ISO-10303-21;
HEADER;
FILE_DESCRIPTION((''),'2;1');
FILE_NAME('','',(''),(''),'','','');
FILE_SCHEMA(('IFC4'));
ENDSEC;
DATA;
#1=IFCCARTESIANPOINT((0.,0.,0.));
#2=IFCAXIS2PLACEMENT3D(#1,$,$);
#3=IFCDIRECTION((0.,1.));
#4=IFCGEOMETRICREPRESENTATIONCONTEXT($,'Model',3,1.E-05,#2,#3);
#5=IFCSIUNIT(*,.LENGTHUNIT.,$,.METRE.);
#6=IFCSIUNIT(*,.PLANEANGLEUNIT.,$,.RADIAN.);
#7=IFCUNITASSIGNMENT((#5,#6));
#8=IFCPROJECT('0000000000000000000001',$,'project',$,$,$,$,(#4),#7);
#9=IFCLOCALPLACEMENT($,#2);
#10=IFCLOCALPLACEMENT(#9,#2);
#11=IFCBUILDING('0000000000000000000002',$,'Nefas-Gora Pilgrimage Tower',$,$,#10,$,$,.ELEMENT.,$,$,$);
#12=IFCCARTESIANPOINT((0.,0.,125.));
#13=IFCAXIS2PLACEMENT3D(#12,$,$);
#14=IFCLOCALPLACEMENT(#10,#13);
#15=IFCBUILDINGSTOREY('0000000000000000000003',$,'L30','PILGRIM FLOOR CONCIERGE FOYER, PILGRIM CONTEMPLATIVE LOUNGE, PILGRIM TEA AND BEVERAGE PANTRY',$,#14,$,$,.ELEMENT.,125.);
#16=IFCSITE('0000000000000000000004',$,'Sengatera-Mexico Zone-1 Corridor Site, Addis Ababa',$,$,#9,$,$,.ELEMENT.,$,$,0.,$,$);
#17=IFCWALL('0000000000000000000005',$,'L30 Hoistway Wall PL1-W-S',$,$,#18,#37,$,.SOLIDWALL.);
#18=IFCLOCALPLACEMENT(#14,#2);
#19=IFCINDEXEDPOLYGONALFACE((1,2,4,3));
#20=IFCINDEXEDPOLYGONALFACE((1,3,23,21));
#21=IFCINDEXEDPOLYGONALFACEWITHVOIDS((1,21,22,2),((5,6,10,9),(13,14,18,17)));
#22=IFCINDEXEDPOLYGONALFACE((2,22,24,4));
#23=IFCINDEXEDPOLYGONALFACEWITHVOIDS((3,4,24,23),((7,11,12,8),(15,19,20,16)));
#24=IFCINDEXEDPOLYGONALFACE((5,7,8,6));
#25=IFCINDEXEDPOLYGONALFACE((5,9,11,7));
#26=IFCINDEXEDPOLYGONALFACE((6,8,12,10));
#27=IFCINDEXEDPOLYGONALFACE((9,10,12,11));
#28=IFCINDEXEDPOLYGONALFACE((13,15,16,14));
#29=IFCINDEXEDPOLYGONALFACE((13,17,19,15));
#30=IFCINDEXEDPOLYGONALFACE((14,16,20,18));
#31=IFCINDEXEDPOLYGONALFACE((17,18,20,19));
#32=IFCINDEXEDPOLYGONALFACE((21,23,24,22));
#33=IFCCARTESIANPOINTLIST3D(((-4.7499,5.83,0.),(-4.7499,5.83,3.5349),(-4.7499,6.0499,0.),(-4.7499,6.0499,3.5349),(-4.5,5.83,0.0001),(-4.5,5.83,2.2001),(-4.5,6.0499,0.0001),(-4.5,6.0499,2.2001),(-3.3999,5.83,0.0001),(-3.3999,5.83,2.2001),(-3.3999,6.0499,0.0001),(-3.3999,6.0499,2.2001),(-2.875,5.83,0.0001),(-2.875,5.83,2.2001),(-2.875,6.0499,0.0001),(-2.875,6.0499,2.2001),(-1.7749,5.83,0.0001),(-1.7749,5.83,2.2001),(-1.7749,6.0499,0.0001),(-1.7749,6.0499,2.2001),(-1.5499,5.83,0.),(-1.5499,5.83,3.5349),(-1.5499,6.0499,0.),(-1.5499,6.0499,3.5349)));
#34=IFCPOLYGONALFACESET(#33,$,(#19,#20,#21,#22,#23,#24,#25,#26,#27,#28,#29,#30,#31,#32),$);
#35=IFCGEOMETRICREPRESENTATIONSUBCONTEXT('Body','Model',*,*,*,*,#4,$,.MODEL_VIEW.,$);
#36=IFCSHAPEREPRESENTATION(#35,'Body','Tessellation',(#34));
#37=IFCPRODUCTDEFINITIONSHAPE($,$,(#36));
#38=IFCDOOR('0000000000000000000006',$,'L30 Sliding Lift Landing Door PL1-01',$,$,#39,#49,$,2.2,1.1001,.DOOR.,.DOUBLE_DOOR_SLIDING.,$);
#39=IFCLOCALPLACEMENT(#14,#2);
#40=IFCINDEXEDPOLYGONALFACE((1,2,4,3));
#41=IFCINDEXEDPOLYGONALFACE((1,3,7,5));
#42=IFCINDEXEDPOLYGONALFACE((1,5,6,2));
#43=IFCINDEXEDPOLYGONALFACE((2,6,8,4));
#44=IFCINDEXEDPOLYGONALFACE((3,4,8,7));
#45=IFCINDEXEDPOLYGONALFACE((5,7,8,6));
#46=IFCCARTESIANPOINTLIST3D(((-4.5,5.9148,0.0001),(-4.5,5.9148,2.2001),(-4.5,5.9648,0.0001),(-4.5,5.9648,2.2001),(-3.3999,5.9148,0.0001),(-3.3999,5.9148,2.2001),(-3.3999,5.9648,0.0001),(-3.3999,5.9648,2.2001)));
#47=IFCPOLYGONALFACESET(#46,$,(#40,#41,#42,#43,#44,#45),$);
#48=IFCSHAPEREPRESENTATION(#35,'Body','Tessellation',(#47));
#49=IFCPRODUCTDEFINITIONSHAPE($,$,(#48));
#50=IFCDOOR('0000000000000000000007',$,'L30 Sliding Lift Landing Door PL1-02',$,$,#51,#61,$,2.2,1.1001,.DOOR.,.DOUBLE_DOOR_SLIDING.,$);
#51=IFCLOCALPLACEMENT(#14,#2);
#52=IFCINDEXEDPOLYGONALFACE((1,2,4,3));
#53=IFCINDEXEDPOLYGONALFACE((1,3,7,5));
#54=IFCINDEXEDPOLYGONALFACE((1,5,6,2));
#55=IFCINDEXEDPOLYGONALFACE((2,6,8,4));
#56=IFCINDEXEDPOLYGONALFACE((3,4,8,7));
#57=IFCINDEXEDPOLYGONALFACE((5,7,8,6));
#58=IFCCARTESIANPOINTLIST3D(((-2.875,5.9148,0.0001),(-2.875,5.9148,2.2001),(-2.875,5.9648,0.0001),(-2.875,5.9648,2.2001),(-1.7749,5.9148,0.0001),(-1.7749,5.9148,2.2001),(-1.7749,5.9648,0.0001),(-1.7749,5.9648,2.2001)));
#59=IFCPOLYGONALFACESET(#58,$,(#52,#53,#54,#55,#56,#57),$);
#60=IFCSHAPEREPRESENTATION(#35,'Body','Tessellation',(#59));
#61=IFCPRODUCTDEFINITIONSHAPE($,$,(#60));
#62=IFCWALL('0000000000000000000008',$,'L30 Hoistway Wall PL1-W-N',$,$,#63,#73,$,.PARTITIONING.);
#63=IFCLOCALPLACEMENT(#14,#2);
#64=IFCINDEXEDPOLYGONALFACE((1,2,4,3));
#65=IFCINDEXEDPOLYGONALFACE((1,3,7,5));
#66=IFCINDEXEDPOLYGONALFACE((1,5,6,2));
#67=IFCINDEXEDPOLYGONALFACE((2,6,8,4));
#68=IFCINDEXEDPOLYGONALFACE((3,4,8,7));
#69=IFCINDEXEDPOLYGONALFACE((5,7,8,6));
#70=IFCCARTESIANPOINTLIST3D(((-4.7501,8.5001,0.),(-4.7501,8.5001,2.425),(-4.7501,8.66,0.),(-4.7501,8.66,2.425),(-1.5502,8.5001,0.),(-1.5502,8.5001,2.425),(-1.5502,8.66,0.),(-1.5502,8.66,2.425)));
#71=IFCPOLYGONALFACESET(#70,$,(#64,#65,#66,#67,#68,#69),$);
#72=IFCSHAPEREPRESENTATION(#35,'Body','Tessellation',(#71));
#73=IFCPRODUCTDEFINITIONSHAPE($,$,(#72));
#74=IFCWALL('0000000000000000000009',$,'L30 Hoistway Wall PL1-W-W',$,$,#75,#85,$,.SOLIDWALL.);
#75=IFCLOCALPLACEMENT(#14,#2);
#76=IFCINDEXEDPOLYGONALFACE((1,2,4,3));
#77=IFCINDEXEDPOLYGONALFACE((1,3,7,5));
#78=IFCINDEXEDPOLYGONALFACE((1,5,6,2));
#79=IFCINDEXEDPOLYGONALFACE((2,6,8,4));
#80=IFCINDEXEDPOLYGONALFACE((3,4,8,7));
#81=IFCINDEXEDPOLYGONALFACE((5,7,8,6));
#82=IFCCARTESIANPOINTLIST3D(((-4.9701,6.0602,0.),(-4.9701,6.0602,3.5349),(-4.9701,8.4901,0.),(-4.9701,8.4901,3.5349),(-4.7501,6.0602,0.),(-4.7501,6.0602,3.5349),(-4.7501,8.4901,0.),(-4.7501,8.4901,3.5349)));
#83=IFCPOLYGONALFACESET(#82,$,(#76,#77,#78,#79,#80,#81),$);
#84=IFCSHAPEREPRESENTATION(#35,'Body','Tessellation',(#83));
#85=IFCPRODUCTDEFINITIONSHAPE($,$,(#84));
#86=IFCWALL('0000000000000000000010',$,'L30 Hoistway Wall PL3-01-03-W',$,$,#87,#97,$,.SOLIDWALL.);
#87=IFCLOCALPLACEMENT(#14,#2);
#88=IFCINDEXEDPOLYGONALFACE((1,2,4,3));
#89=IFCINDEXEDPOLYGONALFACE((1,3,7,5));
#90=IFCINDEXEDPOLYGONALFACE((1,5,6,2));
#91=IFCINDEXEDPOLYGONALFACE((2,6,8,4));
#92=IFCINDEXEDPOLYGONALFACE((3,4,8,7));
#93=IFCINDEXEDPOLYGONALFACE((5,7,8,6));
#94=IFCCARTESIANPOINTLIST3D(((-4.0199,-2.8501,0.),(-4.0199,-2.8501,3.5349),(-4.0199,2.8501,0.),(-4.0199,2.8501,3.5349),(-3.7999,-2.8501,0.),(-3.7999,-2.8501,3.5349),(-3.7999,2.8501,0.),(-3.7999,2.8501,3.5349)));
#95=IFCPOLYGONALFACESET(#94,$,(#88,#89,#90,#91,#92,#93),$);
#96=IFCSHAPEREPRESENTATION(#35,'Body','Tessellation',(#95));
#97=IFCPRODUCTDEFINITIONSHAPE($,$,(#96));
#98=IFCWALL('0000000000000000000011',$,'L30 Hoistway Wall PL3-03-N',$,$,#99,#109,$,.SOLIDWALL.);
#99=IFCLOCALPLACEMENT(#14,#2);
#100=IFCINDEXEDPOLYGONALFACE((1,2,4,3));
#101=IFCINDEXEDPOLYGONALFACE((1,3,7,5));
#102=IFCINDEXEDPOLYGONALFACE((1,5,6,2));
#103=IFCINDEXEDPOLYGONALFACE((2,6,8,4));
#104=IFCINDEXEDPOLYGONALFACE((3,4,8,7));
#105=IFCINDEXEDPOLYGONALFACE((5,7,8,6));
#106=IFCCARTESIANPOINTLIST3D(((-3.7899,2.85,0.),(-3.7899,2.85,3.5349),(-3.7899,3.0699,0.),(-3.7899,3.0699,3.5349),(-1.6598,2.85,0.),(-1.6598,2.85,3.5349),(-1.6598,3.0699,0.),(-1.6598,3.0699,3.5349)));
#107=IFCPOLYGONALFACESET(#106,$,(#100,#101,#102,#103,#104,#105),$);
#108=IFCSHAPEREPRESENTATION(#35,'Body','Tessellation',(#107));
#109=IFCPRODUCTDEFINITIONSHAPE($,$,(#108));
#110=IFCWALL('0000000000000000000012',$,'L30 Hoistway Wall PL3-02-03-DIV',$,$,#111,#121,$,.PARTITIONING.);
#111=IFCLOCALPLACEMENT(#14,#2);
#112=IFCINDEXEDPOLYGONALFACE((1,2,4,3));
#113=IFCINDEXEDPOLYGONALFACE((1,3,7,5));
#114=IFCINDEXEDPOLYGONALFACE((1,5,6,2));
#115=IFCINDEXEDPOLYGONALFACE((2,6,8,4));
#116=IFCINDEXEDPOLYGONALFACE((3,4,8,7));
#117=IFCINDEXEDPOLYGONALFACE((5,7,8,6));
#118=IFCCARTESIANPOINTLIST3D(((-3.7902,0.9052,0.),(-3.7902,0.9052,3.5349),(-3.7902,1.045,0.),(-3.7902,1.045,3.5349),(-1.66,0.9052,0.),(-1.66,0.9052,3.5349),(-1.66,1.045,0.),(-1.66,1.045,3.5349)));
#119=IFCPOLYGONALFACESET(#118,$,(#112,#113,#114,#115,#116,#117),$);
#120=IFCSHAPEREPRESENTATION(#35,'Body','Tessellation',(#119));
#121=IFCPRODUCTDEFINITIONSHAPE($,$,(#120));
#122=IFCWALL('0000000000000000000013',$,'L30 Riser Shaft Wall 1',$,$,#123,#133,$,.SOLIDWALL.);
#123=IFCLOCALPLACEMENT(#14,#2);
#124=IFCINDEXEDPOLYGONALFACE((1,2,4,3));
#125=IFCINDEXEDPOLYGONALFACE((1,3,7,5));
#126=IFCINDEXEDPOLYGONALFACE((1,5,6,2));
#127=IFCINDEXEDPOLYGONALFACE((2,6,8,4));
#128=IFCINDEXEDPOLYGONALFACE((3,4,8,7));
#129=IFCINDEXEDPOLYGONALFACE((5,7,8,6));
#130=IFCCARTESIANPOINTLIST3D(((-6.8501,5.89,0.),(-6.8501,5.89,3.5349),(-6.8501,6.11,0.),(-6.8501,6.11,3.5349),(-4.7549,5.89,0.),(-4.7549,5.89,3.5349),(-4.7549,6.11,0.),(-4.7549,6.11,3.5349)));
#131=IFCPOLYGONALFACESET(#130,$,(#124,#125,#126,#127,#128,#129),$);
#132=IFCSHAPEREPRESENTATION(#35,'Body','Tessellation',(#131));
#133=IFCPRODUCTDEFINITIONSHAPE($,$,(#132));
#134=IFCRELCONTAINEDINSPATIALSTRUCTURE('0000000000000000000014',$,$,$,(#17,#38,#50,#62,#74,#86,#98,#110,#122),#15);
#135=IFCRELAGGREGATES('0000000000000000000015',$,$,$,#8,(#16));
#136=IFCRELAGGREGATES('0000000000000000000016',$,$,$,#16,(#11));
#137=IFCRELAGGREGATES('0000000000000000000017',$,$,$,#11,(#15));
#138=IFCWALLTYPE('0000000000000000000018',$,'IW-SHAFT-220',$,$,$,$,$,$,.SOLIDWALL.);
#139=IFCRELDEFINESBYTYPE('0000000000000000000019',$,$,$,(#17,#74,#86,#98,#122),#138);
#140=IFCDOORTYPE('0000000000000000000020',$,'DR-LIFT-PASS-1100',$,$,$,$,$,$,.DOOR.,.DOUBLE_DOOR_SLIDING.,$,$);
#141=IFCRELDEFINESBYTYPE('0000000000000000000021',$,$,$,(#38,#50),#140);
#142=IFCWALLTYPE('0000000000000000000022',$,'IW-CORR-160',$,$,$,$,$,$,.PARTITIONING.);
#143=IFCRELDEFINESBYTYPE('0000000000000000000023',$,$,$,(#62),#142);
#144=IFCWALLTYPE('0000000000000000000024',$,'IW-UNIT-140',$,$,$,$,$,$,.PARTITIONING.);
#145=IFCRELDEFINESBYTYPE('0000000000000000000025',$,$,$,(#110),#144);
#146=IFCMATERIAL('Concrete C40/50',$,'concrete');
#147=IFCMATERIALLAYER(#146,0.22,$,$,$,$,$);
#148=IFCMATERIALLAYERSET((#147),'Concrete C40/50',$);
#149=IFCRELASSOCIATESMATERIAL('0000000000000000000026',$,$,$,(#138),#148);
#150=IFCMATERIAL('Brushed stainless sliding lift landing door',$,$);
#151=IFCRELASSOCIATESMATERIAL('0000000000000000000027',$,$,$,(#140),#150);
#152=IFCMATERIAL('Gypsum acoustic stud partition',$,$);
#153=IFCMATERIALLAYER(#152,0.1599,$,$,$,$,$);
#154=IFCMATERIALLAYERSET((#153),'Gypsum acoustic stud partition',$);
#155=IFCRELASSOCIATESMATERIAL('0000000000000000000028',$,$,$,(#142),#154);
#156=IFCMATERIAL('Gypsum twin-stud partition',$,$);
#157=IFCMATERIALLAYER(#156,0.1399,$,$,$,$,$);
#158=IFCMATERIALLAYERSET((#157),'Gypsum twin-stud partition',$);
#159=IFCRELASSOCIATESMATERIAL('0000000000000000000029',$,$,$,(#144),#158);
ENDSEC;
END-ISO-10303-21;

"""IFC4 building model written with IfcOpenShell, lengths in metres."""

from ifc_helpers import new_model, si_unit, direction, frame, frame_2d, origin, place, context, subcontext, project, spatial, rectangle, extrude, source, transform, mapped, material, layer, layer_set, type_object, element, fill, save


model = new_model("IFC4")

# Units and contexts
model_context = context("Model", 3, precision=1e-05, world=origin(), true_north=direction((0.0, 1.0)))
body_context = subcontext(model_context, "Body", "Model", "MODEL_VIEW")
ifc_project = project(units=[si_unit("LENGTHUNIT", "METRE"), si_unit("PLANEANGLEUNIT", "RADIAN")], contexts=[model_context])

# Site, building, storey
site_placement = place(None, origin())
site = spatial("IfcSite", under=ifc_project, at=site_placement, Name="Sengatera-Mexico Zone-1 Corridor Site, Addis Ababa", CompositionType="ELEMENT", RefElevation=0.0)
building_placement = place(site_placement, origin())
building = spatial("IfcBuilding", under=site, at=building_placement, Name="Nefas-Gora Pilgrimage Tower", CompositionType="ELEMENT")
storey_placement = place(building_placement, frame((0.0, 0.0, 125.0)))
storey = spatial("IfcBuildingStorey", under=building, at=storey_placement, Name="L30", Description="PILGRIM FLOOR CONCIERGE FOYER, PILGRIM CONTEMPLATIVE LOUNGE, PILGRIM TEA AND BEVERAGE PANTRY", CompositionType="ELEMENT", Elevation=125.0)

# Shared definitions
ifc_material_1 = material(Name="Concrete C40/50", Category="concrete")

# Shared definitions
ifc_layer_1 = layer(ifc_material_1, 0.22)
ifc_layer_set_1 = layer_set([ifc_layer_1], Name="Concrete C40/50")
wall_type_1 = type_object("IfcWallType", Name="IW-SHAFT-220", PredefinedType="SOLIDWALL", material=ifc_layer_set_1)

# Wall, openings, doors
shared_shape_1 = source(origin(), body_context, "Body", "SweptSolid", [
    extrude(rectangle(XDim=3.2, YDim=0.22, at=frame_2d((1.6001, 0.0))), origin(), (0.0, 0.0, 1.0), 3.5349),
])
wall_1_placement = place(storey_placement, frame((-4.75, 5.9399, 0.0), z_axis=(0.0, 0.0, 1.0), x_axis=(1.0, 0.0, 0.0)))
wall_1 = element("IfcWall", 1, at=wall_1_placement, inside=storey, type_object=wall_type_1, Name="L30 Hoistway Wall PL1-W-S", PredefinedType="SOLIDWALL", context=body_context, shape_type="MappedRepresentation", body=[
    mapped(shared_shape_1, transform((0.0, 0.0, 0.0), x_axis=(1.0, 0.0, 0.0), y_axis=(0.0, 1.0, 0.0), z_axis=(0.0, 0.0, 1.0), scale=1.0)),
])
opening_1_placement = place(wall_1_placement, frame((0.25, 0.0, 0.0)))
opening_1 = element("IfcOpeningElement", 2, at=opening_1_placement, cuts=wall_1, PredefinedType="OPENING", context=body_context, shape_type="SweptSolid", body=[
    extrude(rectangle(XDim=1.1001, YDim=2.2, at=frame_2d((0.55, 1.1001))), frame((0.0, 0.1199, 0.0), z_axis=(0.0, -1.0, 0.0), x_axis=(1.0, 0.0, 0.0)), (0.0, 0.0, 1.0), 0.24),
])
opening_2_placement = place(wall_1_placement, frame((1.875, 0.0, 0.0)))
opening_2 = element("IfcOpeningElement", 3, at=opening_2_placement, cuts=wall_1, PredefinedType="OPENING", context=body_context, shape_type="SweptSolid", body=[
    extrude(rectangle(XDim=1.1001, YDim=2.2, at=frame_2d((0.55, 1.1001))), frame((0.0, 0.1199, 0.0), z_axis=(0.0, -1.0, 0.0), x_axis=(1.0, 0.0, 0.0)), (0.0, 0.0, 1.0), 0.24),
])
ifc_material_2 = material(Name="Brushed stainless sliding lift landing door")
door_type_1 = type_object("IfcDoorType", Name="DR-LIFT-PASS-1100", OperationType="DOUBLE_DOOR_SLIDING", PredefinedType="DOOR", material=ifc_material_2)
shared_shape_2 = source(origin(), body_context, "Body", "SweptSolid", [
    extrude(rectangle(XDim=1.1001, YDim=2.2, at=frame_2d((0.55, 1.1001))), frame((0.0, 0.0249, 0.0), z_axis=(0.0, -1.0, 0.0), x_axis=(1.0, 0.0, 0.0)), (0.0, 0.0, 1.0), 0.05),
])
door_1_placement = place(opening_1_placement, origin())
door_1 = element("IfcDoor", 4, at=door_1_placement, inside=storey, type_object=door_type_1, Name="L30 Sliding Lift Landing Door PL1-01", OperationType="DOUBLE_DOOR_SLIDING", OverallHeight=2.2, OverallWidth=1.1001, PredefinedType="DOOR", context=body_context, shape_type="MappedRepresentation", body=[
    mapped(shared_shape_2, transform((0.0, 0.0, 0.0), x_axis=(1.0, 0.0, 0.0), y_axis=(0.0, 1.0, 0.0), z_axis=(0.0, 0.0, 1.0), scale=1.0)),
])
fill(opening_1, door_1)
door_2_placement = place(opening_2_placement, origin())
door_2 = element("IfcDoor", 5, at=door_2_placement, inside=storey, type_object=door_type_1, Name="L30 Sliding Lift Landing Door PL1-02", OperationType="DOUBLE_DOOR_SLIDING", OverallHeight=2.2, OverallWidth=1.1001, PredefinedType="DOOR", context=body_context, shape_type="MappedRepresentation", body=[
    mapped(shared_shape_2, transform((0.0, 0.0, 0.0), x_axis=(1.0, 0.0, 0.0), y_axis=(0.0, 1.0, 0.0), z_axis=(0.0, 0.0, 1.0), scale=1.0)),
])
fill(opening_2, door_2)

# Walls
ifc_material_3 = material(Name="Gypsum acoustic stud partition")
ifc_layer_2 = layer(ifc_material_3, 0.1599)
ifc_layer_set_2 = layer_set([ifc_layer_2], Name="Gypsum acoustic stud partition")
wall_type_2 = type_object("IfcWallType", Name="IW-CORR-160", PredefinedType="PARTITIONING", material=ifc_layer_set_2)
shared_shape_3 = source(origin(), body_context, "Body", "SweptSolid", [
    extrude(rectangle(XDim=3.2, YDim=0.1599, at=frame_2d((1.6001, 0.0))), origin(), (0.0, 0.0, 1.0), 2.425),
])
wall_2_placement = place(storey_placement, frame((-1.55, 8.5801, 0.0), z_axis=(0.0, 0.0, 1.0), x_axis=(-1.0, 0.0, 0.0)))
element("IfcWall", 6, at=wall_2_placement, inside=storey, type_object=wall_type_2, Name="L30 Hoistway Wall PL1-W-N", PredefinedType="PARTITIONING", context=body_context, shape_type="MappedRepresentation", body=[
    mapped(shared_shape_3, transform((0.0, 0.0, 0.0), x_axis=(1.0, 0.0, 0.0), y_axis=(0.0, 1.0, 0.0), z_axis=(0.0, 0.0, 1.0), scale=1.0)),
])
shared_shape_4 = source(origin(), body_context, "Body", "SweptSolid", [
    extrude(rectangle(XDim=2.4299, YDim=0.22, at=frame_2d((1.2148, 0.0))), origin(), (0.0, 0.0, 1.0), 3.5349),
])
for number, where, z_axis, x_axis, name in (
    (7, (-4.8601, 8.49, 0.0), (0.0, 0.0, 1.0), (0.0, -1.0, 0.0), "L30 Hoistway Wall PL1-W-W"),
):
    element("IfcWall", number, at=place(storey_placement, frame(where, z_axis=z_axis, x_axis=x_axis)), inside=storey, type_object=wall_type_1, Name=name, PredefinedType="SOLIDWALL", context=body_context, shape_type="MappedRepresentation", body=[
        mapped(shared_shape_4, transform((0.0, 0.0, 0.0), x_axis=(1.0, 0.0, 0.0), y_axis=(0.0, 1.0, 0.0), z_axis=(0.0, 0.0, 1.0), scale=1.0)),
    ])
ifc_material_4 = material(Name="Gypsum twin-stud partition")
ifc_layer_3 = layer(ifc_material_4, 0.1399)
ifc_layer_set_3 = layer_set([ifc_layer_3], Name="Gypsum twin-stud partition")
wall_type_3 = type_object("IfcWallType", Name="IW-UNIT-140", PredefinedType="PARTITIONING", material=ifc_layer_set_3)
shared_shape_5 = source(origin(), body_context, "Body", "SweptSolid", [
    extrude(rectangle(XDim=5.7002, YDim=0.22, at=frame_2d((2.8501, 0.0))), origin(), (0.0, 0.0, 1.0), 3.5349),
])
wall_3_placement = place(storey_placement, frame((-3.9099, 2.8501, 0.0), z_axis=(0.0, 0.0, 1.0), x_axis=(0.0, -1.0, 0.0)))
element("IfcWall", 8, at=wall_3_placement, inside=storey, type_object=wall_type_1, Name="L30 Hoistway Wall PL3-01-03-W", PredefinedType="SOLIDWALL", context=body_context, shape_type="MappedRepresentation", body=[
    mapped(shared_shape_5, transform((0.0, 0.0, 0.0), x_axis=(1.0, 0.0, 0.0), y_axis=(0.0, 1.0, 0.0), z_axis=(0.0, 0.0, 1.0), scale=1.0)),
])
shared_shape_6 = source(origin(), body_context, "Body", "SweptSolid", [
    extrude(rectangle(XDim=2.1301, YDim=0.22, at=frame_2d((1.0649, 0.0))), origin(), (0.0, 0.0, 1.0), 3.5349),
])
wall_4_placement = place(storey_placement, frame((-1.6599, 2.96, 0.0), z_axis=(0.0, 0.0, 1.0), x_axis=(-1.0, 0.0, 0.0)))
element("IfcWall", 9, at=wall_4_placement, inside=storey, type_object=wall_type_1, Name="L30 Hoistway Wall PL3-03-N", PredefinedType="SOLIDWALL", context=body_context, shape_type="MappedRepresentation", body=[
    mapped(shared_shape_6, transform((0.0, 0.0, 0.0), x_axis=(1.0, 0.0, 0.0), y_axis=(0.0, 1.0, 0.0), z_axis=(0.0, 0.0, 1.0), scale=1.0)),
])
shared_shape_7 = source(origin(), body_context, "Body", "SweptSolid", [
    extrude(rectangle(XDim=2.1301, YDim=0.1399, at=frame_2d((1.0649, 0.0))), origin(), (0.0, 0.0, 1.0), 3.5349),
])
wall_5_placement = place(storey_placement, frame((-3.79, 0.9751, 0.0), z_axis=(0.0, 0.0, 1.0), x_axis=(1.0, 0.0, 0.0)))
element("IfcWall", 10, at=wall_5_placement, inside=storey, type_object=wall_type_3, Name="L30 Hoistway Wall PL3-02-03-DIV", PredefinedType="PARTITIONING", context=body_context, shape_type="MappedRepresentation", body=[
    mapped(shared_shape_7, transform((0.0, 0.0, 0.0), x_axis=(1.0, 0.0, 0.0), y_axis=(0.0, 1.0, 0.0), z_axis=(0.0, 0.0, 1.0), scale=1.0)),
])
shared_shape_8 = source(origin(), body_context, "Body", "SweptSolid", [
    extrude(rectangle(XDim=2.0952, YDim=0.22, at=frame_2d((1.0476, 0.0))), origin(), (0.0, 0.0, 1.0), 3.5349),
])
wall_6_placement = place(storey_placement, frame((-6.8501, 6.0, 0.0), z_axis=(0.0, 0.0, 1.0), x_axis=(1.0, 0.0, 0.0)))
element("IfcWall", 11, at=wall_6_placement, inside=storey, type_object=wall_type_1, Name="L30 Riser Shaft Wall 1", PredefinedType="SOLIDWALL", context=body_context, shape_type="MappedRepresentation", body=[
    mapped(shared_shape_8, transform((0.0, 0.0, 0.0), x_axis=(1.0, 0.0, 0.0), y_axis=(0.0, 1.0, 0.0), z_axis=(0.0, 0.0, 1.0), scale=1.0)),
])

save(model, "model.ifc")
